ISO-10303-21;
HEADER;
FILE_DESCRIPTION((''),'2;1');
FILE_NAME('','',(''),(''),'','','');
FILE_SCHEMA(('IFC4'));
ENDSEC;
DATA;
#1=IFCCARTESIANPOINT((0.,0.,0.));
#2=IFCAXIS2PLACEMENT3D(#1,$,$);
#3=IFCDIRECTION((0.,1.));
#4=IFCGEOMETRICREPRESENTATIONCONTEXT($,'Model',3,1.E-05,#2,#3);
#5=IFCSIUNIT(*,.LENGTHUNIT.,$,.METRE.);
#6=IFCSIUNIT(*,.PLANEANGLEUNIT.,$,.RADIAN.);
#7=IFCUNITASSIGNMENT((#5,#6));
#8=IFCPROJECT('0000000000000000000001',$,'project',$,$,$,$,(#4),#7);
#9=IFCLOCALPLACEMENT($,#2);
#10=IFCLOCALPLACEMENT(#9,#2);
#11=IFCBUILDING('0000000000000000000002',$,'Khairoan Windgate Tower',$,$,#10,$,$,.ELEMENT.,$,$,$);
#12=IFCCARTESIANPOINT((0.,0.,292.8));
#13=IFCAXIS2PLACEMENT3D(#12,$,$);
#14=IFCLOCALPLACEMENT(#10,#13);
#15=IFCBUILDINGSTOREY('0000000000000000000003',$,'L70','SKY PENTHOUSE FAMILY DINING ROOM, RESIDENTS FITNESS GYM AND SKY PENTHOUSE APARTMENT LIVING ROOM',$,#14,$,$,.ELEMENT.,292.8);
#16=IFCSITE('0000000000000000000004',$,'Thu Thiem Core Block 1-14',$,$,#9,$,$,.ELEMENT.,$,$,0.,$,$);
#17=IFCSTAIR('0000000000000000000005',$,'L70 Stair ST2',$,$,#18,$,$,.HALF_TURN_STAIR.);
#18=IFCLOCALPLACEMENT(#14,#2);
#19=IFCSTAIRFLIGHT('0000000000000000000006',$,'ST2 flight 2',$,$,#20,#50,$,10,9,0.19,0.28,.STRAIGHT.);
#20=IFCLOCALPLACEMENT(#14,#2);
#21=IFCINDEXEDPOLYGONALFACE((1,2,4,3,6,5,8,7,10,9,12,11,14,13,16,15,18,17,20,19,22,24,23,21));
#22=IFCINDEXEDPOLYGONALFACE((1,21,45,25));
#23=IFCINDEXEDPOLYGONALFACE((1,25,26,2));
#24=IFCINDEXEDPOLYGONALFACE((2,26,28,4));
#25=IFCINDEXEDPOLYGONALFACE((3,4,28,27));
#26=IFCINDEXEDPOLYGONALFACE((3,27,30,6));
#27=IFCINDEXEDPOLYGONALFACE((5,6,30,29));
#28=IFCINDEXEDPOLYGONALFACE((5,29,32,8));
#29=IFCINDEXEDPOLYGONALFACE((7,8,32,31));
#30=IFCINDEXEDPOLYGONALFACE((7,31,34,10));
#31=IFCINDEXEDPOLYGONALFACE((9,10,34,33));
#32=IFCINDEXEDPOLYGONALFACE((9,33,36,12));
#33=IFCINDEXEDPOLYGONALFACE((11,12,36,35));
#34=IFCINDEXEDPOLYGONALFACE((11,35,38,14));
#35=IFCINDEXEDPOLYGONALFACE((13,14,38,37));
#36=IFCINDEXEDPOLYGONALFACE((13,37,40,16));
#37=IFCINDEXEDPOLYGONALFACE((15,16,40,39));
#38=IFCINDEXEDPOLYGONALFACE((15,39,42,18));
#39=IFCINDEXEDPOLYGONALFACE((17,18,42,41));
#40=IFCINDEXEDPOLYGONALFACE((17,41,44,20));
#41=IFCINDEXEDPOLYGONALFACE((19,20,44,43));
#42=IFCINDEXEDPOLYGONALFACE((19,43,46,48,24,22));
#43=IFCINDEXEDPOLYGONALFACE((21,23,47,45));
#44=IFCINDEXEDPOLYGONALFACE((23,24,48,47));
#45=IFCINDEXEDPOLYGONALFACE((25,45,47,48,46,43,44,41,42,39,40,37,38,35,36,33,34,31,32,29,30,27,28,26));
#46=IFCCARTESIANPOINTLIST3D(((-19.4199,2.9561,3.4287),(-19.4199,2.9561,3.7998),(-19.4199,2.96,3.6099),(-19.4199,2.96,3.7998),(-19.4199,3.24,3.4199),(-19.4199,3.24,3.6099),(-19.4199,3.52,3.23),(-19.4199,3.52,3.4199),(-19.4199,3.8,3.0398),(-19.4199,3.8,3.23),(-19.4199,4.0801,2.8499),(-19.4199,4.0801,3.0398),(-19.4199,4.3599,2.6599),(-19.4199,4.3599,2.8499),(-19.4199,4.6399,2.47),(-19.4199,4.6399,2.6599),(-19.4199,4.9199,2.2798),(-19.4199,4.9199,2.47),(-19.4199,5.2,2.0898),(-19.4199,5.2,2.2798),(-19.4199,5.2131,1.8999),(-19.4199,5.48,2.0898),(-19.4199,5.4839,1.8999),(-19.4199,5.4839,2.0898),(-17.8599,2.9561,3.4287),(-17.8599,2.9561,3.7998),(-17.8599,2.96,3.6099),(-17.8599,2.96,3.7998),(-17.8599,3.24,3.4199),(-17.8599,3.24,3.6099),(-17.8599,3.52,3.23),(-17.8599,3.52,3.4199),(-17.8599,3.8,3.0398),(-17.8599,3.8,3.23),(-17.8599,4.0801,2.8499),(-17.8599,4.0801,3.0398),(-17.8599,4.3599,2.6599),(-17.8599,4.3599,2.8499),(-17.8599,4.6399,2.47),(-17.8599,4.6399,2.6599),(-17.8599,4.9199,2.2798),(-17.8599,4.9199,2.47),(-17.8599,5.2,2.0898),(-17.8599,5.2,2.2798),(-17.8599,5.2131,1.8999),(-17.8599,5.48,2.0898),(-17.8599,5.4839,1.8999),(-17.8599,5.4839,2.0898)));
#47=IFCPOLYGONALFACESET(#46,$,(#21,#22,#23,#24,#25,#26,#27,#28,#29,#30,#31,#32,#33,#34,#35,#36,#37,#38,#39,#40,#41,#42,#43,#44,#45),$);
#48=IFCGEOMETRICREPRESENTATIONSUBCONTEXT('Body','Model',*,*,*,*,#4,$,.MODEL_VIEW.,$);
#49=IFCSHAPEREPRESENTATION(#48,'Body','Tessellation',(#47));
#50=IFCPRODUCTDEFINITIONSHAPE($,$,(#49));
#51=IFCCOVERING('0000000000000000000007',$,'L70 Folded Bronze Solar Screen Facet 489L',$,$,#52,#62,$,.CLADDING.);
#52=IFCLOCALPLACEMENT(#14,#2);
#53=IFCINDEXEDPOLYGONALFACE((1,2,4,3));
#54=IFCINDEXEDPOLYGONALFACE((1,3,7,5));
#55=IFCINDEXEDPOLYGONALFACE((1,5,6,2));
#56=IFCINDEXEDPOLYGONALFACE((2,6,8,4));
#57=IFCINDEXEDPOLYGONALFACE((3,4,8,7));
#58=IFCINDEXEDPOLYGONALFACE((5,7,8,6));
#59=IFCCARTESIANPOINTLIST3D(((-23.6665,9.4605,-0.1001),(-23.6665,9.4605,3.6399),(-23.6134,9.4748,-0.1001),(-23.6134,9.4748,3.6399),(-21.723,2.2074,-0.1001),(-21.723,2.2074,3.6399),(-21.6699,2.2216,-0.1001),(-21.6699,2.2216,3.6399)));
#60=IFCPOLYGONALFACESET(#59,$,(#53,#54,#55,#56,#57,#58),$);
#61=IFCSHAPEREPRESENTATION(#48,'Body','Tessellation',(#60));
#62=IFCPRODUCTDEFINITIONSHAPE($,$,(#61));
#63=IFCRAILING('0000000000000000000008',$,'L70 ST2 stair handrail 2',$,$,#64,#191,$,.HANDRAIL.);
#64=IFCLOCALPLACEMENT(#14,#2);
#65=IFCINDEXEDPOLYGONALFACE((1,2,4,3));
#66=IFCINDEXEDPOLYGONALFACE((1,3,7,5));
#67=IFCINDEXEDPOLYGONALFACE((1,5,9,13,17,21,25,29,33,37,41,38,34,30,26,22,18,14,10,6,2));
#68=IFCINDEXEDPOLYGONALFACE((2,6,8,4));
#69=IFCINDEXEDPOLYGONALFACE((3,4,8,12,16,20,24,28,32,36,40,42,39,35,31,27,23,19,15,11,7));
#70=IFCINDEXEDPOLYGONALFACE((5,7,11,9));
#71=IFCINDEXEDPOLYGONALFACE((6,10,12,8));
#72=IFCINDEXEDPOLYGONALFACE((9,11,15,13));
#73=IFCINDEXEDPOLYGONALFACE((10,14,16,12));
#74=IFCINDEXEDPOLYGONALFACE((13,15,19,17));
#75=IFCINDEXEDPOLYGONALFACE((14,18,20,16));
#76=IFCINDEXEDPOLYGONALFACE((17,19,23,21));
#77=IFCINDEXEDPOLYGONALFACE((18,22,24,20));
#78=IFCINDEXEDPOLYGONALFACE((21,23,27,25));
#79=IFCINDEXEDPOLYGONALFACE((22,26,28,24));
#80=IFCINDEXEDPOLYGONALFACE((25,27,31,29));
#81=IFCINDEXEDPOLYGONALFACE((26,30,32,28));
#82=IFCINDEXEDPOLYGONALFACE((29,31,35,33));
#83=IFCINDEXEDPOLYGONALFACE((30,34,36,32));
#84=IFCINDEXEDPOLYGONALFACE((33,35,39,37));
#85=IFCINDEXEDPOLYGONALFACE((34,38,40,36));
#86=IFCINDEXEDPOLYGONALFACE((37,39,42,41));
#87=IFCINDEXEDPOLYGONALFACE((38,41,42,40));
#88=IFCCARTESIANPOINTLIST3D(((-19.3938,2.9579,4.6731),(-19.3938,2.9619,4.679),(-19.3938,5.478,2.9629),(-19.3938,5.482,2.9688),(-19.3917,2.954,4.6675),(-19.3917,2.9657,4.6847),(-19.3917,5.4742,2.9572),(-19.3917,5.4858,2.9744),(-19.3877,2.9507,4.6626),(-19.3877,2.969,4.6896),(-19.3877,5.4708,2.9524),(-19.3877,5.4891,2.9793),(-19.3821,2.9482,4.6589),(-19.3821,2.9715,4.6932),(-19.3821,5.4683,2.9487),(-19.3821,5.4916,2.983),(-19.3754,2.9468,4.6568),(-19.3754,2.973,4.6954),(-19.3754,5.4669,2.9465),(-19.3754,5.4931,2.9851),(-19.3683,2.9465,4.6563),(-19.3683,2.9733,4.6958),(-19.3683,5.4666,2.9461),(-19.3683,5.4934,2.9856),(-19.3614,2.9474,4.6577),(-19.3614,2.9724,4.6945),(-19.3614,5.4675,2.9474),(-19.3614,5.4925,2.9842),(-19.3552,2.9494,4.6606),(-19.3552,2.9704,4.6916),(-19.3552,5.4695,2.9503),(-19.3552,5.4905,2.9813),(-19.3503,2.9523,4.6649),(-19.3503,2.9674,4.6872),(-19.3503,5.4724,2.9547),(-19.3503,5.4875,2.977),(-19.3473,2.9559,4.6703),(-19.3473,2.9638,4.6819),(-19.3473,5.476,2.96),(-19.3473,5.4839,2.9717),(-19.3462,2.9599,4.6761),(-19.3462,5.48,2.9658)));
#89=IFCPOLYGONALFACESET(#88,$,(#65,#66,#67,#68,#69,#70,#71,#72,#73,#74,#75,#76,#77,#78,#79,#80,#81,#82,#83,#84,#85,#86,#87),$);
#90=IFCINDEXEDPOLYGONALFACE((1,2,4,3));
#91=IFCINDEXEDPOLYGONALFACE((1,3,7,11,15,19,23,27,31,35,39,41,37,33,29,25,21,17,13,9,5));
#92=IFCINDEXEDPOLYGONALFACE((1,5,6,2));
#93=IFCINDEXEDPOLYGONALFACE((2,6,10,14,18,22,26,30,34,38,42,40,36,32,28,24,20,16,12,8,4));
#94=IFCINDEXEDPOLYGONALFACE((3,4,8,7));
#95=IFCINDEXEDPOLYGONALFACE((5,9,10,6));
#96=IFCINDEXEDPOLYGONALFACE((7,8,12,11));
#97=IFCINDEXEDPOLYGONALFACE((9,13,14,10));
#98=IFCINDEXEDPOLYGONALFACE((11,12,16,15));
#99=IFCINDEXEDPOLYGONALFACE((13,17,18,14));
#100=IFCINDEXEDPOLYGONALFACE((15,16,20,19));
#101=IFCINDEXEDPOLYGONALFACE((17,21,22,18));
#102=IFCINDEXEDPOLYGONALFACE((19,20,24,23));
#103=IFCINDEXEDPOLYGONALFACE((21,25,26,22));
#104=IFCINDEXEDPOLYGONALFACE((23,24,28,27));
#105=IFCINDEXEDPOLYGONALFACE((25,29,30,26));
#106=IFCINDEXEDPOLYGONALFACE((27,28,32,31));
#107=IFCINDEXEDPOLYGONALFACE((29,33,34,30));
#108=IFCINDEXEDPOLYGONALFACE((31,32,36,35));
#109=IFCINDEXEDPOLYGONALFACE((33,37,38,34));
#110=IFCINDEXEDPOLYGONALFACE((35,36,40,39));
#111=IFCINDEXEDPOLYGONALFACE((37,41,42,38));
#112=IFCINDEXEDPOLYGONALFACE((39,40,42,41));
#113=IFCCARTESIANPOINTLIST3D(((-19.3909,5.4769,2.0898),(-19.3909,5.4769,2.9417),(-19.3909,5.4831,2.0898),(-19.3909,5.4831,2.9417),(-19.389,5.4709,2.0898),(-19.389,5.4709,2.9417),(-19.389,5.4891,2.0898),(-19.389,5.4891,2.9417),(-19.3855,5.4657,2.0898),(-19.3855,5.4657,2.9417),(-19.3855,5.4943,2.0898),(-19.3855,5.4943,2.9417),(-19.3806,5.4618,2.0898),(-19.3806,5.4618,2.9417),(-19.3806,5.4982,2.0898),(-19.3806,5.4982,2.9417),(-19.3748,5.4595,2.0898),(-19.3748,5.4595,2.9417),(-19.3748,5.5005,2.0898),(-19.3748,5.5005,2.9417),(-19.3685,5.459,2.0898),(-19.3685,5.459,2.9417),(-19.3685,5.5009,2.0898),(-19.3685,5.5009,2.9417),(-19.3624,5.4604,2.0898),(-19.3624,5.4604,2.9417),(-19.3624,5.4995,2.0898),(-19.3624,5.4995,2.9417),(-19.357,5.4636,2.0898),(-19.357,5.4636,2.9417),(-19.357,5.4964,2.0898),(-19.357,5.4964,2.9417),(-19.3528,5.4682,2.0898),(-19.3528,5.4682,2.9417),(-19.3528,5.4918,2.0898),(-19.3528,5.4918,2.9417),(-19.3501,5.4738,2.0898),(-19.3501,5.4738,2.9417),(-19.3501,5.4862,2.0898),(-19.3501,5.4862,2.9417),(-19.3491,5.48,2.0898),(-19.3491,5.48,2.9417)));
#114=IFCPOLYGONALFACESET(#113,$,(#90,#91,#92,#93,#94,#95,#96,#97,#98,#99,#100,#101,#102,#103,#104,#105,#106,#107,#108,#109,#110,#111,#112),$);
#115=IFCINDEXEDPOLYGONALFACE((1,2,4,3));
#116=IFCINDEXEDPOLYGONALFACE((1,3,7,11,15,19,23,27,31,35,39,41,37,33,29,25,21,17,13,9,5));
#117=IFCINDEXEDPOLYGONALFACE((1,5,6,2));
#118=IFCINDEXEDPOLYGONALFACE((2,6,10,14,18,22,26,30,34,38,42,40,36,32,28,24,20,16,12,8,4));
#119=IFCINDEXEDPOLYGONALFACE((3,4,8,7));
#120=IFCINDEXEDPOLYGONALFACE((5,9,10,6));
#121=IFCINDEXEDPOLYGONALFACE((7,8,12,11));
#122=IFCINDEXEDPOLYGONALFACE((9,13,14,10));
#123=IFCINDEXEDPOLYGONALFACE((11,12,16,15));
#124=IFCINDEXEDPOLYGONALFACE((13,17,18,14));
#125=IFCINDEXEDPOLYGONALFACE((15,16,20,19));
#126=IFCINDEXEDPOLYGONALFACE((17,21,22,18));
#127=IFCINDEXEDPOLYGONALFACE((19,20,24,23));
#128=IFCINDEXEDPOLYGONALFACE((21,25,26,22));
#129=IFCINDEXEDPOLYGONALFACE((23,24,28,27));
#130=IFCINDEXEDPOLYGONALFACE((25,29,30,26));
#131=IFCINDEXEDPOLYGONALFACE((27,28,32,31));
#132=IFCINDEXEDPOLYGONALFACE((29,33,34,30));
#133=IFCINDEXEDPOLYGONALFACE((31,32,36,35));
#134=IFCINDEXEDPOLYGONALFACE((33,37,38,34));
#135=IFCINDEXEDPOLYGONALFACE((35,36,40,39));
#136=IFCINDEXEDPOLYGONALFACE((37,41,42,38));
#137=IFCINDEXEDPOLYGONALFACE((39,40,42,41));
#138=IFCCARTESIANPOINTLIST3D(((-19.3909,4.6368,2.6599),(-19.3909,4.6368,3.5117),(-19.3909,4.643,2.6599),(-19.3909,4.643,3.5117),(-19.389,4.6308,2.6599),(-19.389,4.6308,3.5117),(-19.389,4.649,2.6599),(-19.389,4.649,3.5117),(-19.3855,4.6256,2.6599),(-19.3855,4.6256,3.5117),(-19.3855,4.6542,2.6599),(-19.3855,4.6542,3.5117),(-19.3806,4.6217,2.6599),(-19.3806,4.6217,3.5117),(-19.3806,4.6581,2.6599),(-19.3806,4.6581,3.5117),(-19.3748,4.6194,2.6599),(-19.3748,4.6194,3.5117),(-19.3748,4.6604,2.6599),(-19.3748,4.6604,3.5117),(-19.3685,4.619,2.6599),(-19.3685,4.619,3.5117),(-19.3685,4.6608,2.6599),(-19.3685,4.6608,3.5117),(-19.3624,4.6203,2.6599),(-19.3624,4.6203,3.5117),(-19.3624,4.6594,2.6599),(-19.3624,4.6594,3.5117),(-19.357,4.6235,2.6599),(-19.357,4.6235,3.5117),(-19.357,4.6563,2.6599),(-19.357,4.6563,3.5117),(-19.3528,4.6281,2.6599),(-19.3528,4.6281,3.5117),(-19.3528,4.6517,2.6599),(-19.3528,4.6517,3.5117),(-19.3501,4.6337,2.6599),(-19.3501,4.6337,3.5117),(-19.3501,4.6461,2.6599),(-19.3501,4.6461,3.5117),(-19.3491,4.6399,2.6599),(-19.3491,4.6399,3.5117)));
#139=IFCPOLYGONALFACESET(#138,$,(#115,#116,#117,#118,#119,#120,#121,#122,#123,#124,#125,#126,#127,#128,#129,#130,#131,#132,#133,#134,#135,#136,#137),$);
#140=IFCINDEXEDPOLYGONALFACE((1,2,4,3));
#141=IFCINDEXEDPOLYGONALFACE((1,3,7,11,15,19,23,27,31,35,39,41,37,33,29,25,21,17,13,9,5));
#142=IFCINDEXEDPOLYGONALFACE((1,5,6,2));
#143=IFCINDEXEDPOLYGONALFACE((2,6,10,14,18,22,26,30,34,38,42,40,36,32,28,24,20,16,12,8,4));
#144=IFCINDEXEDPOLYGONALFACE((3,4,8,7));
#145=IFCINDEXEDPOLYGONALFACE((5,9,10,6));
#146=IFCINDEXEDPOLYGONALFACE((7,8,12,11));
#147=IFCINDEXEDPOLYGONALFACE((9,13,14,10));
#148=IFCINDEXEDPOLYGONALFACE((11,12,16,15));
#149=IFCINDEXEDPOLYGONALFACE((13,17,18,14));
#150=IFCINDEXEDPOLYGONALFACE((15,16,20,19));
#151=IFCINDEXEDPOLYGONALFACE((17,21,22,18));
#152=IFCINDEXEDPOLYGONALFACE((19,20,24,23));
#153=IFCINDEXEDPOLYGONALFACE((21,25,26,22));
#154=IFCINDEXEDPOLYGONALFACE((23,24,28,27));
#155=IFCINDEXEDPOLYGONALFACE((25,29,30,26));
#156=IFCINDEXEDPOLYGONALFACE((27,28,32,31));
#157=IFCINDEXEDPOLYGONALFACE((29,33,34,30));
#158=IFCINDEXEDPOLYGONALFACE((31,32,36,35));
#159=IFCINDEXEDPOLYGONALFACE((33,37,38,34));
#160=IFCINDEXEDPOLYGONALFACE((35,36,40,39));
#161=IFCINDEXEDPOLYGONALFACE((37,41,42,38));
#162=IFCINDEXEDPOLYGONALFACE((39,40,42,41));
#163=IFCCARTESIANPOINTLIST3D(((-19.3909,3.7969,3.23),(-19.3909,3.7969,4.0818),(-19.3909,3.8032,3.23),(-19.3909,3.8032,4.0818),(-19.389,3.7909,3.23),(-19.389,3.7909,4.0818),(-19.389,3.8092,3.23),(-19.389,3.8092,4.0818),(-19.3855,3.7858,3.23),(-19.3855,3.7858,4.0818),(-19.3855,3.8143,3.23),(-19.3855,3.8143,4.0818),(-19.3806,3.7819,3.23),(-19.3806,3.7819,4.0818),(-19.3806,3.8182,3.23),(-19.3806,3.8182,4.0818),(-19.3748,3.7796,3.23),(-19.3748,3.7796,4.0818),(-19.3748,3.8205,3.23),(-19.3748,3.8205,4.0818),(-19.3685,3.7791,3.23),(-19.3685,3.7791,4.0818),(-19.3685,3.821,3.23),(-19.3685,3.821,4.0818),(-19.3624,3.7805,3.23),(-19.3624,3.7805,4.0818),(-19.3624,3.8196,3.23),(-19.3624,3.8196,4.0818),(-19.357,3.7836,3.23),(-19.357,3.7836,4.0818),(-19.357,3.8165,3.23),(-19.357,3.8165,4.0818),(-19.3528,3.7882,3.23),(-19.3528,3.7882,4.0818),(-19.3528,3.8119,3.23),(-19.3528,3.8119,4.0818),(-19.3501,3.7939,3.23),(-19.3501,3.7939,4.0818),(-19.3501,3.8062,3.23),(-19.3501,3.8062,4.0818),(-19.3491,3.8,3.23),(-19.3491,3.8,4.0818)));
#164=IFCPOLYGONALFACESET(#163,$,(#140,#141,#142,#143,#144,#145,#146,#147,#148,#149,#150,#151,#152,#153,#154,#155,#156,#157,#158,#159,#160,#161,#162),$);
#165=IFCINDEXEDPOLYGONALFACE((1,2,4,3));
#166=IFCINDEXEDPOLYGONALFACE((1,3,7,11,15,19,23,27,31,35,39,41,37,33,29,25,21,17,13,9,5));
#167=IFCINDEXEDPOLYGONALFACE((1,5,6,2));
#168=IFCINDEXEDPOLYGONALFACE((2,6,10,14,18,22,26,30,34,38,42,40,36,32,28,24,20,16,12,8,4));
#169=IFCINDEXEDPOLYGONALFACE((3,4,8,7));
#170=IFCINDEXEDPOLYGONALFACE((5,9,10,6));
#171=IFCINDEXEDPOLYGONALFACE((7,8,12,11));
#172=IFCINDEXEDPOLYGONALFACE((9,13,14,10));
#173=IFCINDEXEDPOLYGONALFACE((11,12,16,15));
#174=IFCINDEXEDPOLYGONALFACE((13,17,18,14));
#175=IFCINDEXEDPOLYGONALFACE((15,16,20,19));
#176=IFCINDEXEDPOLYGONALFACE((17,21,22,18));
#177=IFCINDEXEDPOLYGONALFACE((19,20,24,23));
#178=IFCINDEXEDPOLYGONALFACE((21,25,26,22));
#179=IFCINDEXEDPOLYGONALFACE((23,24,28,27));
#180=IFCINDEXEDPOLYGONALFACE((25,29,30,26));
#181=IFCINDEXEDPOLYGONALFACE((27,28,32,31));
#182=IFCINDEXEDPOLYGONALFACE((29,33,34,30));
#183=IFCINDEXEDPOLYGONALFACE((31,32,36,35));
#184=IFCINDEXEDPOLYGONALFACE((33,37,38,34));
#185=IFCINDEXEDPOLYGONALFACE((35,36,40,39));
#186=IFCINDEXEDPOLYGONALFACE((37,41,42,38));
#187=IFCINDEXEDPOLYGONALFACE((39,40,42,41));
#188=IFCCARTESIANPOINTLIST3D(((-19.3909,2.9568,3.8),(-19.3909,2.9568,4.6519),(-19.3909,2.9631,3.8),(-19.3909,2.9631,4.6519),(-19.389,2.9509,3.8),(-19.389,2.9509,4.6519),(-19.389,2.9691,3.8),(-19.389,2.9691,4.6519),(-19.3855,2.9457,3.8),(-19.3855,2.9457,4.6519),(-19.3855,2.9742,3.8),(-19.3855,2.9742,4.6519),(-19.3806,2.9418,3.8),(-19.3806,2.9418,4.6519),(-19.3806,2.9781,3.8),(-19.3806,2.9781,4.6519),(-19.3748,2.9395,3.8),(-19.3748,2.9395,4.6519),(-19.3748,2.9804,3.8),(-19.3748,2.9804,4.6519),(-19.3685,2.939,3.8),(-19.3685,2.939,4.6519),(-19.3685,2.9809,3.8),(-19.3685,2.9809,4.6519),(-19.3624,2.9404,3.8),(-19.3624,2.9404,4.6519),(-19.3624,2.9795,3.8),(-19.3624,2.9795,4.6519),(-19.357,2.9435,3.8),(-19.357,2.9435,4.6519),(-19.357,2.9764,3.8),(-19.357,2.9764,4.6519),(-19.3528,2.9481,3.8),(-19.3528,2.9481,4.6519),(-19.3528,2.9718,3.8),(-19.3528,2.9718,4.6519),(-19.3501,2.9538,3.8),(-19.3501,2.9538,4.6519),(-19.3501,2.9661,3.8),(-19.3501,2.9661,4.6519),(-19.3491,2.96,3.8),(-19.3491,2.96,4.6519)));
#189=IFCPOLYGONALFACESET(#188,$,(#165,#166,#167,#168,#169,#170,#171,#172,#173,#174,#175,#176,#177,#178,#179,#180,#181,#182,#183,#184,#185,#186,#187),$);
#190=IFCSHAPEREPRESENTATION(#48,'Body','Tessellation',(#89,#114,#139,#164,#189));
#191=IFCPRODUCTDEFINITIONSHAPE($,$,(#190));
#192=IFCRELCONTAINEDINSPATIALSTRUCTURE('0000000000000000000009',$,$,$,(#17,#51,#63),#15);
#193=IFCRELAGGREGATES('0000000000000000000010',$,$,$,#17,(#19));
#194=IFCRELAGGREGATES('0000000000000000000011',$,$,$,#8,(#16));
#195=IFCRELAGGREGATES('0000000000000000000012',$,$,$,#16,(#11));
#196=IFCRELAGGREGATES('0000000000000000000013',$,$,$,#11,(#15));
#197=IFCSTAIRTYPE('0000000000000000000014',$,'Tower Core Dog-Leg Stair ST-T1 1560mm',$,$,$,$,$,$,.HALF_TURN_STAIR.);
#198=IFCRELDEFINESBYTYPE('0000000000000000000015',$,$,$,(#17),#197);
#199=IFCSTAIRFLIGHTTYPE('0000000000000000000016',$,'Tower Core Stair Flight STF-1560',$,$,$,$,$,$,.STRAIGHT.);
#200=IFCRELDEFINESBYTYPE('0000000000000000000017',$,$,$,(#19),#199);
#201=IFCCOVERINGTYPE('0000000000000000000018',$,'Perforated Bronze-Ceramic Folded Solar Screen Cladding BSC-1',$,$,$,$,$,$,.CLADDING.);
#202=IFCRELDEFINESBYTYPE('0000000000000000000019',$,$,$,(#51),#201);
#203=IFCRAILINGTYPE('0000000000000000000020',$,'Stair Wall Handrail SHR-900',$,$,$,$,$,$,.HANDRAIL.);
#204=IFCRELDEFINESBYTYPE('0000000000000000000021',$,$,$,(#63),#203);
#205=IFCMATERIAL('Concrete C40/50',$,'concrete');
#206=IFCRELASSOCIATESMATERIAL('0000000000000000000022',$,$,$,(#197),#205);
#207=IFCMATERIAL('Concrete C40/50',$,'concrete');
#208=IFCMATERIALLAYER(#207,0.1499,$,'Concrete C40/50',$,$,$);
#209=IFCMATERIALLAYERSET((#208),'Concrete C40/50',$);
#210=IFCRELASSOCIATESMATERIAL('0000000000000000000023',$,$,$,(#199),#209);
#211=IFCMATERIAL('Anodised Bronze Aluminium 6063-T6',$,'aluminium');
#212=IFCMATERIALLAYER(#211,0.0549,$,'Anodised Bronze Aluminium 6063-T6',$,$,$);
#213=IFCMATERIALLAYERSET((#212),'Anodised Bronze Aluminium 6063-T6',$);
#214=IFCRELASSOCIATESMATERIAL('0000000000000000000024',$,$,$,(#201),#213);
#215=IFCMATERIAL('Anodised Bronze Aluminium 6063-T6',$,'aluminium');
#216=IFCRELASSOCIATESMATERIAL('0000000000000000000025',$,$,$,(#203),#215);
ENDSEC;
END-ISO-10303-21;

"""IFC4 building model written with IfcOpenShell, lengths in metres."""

from ifc_helpers import new_model, si_unit, direction, frame, origin, origin_2d, place, context, subcontext, project, spatial, polyline, rectangle, circle, outline, extrude, material, layer, layer_set, type_object, element, aggregate, save


model = new_model("IFC4")

# Units and contexts
model_context = context("Model", 3, precision=1e-05, world=origin(), true_north=direction((0.0, 1.0)))
body_context = subcontext(model_context, "Body", "Model", "MODEL_VIEW")
ifc_project = project(units=[si_unit("LENGTHUNIT", "METRE"), si_unit("PLANEANGLEUNIT", "RADIAN")], contexts=[model_context])

# Site, building, storey
site_placement = place(None, origin())
site = spatial("IfcSite", under=ifc_project, at=site_placement, Name="Thu Thiem Core Block 1-14", CompositionType="ELEMENT", RefElevation=0.0)
building_placement = place(site_placement, origin())
building = spatial("IfcBuilding", under=site, at=building_placement, Name="Khairoan Windgate Tower", CompositionType="ELEMENT")
storey_placement = place(building_placement, frame((0.0, 0.0, 292.8)))
storey = spatial("IfcBuildingStorey", under=building, at=storey_placement, Name="L70", Description="SKY PENTHOUSE FAMILY DINING ROOM, RESIDENTS FITNESS GYM AND SKY PENTHOUSE APARTMENT LIVING ROOM", CompositionType="ELEMENT", Elevation=292.8)

# Stair, stair flight
ifc_material_1 = material(Name="Concrete C40/50", Category="concrete")
stair_type = type_object("IfcStairType", Name="Tower Core Dog-Leg Stair ST-T1 1560mm", PredefinedType="HALF_TURN_STAIR", material=ifc_material_1)
stair_placement = place(storey_placement, origin())
stair = element("IfcStair", 1, at=stair_placement, inside=storey, type_object=stair_type, Name="L70 Stair ST2", PredefinedType="HALF_TURN_STAIR")
ifc_material_2 = material(Name="Concrete C40/50", Category="concrete")
ifc_layer_1 = layer(ifc_material_2, 0.1499, Name="Concrete C40/50")
ifc_layer_set_1 = layer_set([ifc_layer_1], Name="Concrete C40/50")
stair_flight_type = type_object("IfcStairFlightType", Name="Tower Core Stair Flight STF-1560", PredefinedType="STRAIGHT", material=ifc_layer_set_1)
stair_flight_placement = place(storey_placement, frame((-18.6399, 5.48, 1.8999), z_axis=(0.0, 0.0, 1.0), x_axis=(0.0, -1.0, 0.0)))
stair_flight = element("IfcStairFlight", 2, at=stair_flight_placement, type_object=stair_flight_type, Name="ST2 flight 2", NumberOfRisers=10, NumberOfTreads=9, PredefinedType="STRAIGHT", RiserHeight=0.19, TreadLength=0.28, context=body_context, shape_type="SweptSolid", body=[
    extrude(outline(polyline([(-0.0039, 0.0), (-0.0039, 0.1899), (0.0, 0.1899), (0.28, 0.1899), (0.28, 0.3799), (0.5601, 0.3799), (0.5601, 0.5701), (0.8401, 0.5701), (0.8401, 0.76), (1.1201, 0.76), (1.1201, 0.95), (1.3999, 0.95), (1.3999, 1.1399), (1.6799, 1.1399), (1.6799, 1.3301), (1.96, 1.3301), (1.96, 1.52), (2.24, 1.52), (2.24, 1.71), (2.52, 1.71), (2.52, 1.8999), (2.5239, 1.8999), (2.5239, 1.5288), (0.2668, 0.0), (-0.0039, 0.0)])), frame((0.0, 0.78, 0.0), z_axis=(0.0, -1.0, 0.0), x_axis=(1.0, 0.0, 0.0)), (0.0, 0.0, 1.0), 1.5601),
])
aggregate(stair, [stair_flight])

# Covering
ifc_material_3 = material(Name="Anodised Bronze Aluminium 6063-T6", Category="aluminium")
ifc_layer_2 = layer(ifc_material_3, 0.0549, Name="Anodised Bronze Aluminium 6063-T6")
ifc_layer_set_2 = layer_set([ifc_layer_2], Name="Anodised Bronze Aluminium 6063-T6")
covering_type = type_object("IfcCoveringType", Name="Perforated Bronze-Ceramic Folded Solar Screen Cladding BSC-1", PredefinedType="CLADDING", material=ifc_layer_set_2)
covering_placement = place(storey_placement, frame((-22.6682, 5.8411, -0.1001), z_axis=(0.0, 0.0, 1.0), x_axis=(-0.258819, 0.965926, 0.0)))
element("IfcCovering", 3, at=covering_placement, inside=storey, type_object=covering_type, Name="L70 Folded Bronze Solar Screen Facet 489L", PredefinedType="CLADDING", context=body_context, shape_type="SweptSolid", body=[
    extrude(rectangle(XDim=7.509, YDim=0.0549, at=origin_2d()), origin(), (0.0, 0.0, 1.0), 3.74),
])

# Railing
ifc_material_4 = material(Name="Anodised Bronze Aluminium 6063-T6", Category="aluminium")
railing_type_1 = type_object("IfcRailingType", Name="Stair Wall Handrail SHR-900", PredefinedType="HANDRAIL", material=ifc_material_4)
railing_1_placement = place(storey_placement, frame((-19.3701, 5.48, 2.0898)))
element("IfcRailing", 4, at=railing_1_placement, inside=storey, type_object=railing_type_1, Name="L70 ST2 stair handrail 2", PredefinedType="HANDRAIL", context=body_context, shape_type="SweptSolid", body=[
    extrude(circle(Radius=0.0239, at=origin_2d()), frame((0.0, 0.0, 0.876), z_axis=(0.0, -0.827447, 0.561545), x_axis=(1.0, 0.0, 0.0)), (0.0, 0.0, 1.0), 3.0457),
    extrude(circle(Radius=0.021, at=origin_2d()), origin(), (0.0, 0.0, 1.0), 0.8518),
    extrude(circle(Radius=0.021, at=origin_2d()), frame((0.0, -0.8401, 0.5701)), (0.0, 0.0, 1.0), 0.8518),
    extrude(circle(Radius=0.021, at=origin_2d()), frame((0.0, -1.6799, 1.1401)), (0.0, 0.0, 1.0), 0.8518),
    extrude(circle(Radius=0.021, at=origin_2d()), frame((0.0, -2.52, 1.7102)), (0.0, 0.0, 1.0), 0.8518),
])

save(model, "model.ifc")
